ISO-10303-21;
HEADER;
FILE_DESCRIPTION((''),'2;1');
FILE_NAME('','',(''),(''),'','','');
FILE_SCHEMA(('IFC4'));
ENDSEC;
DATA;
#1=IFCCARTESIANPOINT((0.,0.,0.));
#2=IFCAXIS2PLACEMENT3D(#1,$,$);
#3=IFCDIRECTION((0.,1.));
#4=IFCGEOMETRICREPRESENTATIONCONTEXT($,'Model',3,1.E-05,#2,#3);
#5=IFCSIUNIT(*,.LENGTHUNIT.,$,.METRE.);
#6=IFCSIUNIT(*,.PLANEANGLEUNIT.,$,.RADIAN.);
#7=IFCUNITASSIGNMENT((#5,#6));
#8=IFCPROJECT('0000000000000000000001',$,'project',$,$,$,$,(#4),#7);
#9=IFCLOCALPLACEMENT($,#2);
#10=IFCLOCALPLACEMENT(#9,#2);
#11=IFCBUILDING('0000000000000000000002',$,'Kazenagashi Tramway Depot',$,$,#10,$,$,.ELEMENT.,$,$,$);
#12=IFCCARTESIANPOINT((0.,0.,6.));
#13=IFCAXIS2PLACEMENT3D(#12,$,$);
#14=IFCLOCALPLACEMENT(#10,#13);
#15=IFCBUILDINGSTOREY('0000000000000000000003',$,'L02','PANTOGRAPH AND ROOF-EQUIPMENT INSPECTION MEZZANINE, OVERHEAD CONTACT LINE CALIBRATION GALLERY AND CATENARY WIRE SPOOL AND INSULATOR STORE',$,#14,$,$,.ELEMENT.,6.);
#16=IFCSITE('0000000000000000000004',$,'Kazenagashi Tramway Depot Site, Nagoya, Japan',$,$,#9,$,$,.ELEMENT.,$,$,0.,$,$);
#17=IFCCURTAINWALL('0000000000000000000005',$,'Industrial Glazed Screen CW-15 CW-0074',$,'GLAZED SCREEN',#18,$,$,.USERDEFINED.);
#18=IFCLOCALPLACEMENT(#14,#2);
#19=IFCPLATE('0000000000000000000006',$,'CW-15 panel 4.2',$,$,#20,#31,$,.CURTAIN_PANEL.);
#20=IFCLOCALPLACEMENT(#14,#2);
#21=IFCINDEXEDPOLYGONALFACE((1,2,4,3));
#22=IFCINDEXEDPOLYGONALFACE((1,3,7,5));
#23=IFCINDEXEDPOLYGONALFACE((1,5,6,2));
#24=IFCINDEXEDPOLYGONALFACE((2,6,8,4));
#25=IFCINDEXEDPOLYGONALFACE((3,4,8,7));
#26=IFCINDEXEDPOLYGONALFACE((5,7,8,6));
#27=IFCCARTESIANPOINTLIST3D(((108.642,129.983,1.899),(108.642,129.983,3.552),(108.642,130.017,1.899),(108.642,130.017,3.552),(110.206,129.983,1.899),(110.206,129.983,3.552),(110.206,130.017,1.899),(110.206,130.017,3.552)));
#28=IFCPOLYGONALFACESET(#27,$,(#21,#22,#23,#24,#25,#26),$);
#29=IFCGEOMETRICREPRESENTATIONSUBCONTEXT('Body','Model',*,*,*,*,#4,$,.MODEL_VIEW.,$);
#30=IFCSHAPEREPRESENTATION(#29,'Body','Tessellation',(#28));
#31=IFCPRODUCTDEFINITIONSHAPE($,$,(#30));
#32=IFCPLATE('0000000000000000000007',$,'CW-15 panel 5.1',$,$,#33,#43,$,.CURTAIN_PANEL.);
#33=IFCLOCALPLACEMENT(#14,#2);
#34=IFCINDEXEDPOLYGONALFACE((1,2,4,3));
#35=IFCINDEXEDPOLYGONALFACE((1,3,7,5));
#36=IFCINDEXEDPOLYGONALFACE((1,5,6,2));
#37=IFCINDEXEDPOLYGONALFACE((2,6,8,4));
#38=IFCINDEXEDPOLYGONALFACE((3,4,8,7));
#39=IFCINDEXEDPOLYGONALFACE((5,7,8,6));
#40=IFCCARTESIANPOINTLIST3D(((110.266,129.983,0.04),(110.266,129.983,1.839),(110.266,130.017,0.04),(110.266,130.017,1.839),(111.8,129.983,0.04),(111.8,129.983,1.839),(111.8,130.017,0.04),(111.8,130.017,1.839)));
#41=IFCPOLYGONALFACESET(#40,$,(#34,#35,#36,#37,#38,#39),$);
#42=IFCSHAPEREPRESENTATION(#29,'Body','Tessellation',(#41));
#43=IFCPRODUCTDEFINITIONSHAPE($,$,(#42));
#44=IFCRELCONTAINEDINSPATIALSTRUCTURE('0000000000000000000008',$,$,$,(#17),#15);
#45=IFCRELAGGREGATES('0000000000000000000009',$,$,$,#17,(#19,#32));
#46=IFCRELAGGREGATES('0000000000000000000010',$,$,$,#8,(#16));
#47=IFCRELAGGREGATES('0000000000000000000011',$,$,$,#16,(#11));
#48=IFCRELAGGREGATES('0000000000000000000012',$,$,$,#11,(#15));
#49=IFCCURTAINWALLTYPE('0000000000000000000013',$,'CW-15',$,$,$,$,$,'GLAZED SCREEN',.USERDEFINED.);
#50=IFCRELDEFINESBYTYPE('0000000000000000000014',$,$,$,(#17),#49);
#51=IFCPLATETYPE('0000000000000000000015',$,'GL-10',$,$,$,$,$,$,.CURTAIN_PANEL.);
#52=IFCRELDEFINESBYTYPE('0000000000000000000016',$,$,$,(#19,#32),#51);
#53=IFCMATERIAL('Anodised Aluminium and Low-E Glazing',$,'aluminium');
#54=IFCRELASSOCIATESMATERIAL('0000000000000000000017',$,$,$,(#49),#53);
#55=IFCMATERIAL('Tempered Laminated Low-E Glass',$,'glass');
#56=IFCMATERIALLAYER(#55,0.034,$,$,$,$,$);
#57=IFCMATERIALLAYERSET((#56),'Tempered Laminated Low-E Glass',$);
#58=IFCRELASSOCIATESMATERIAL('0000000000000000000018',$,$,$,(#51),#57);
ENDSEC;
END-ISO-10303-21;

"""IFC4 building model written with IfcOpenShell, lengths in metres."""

from ifc_helpers import new_model, si_unit, direction, frame, origin, origin_2d, place, context, subcontext, project, spatial, rectangle, extrude, material, layer, layer_set, type_object, element, aggregate, save


model = new_model("IFC4")

# Units and contexts
model_context = context("Model", 3, precision=1e-05, world=origin(), true_north=direction((0.0, 1.0)))
body_context = subcontext(model_context, "Body", "Model", "MODEL_VIEW")
ifc_project = project(units=[si_unit("LENGTHUNIT", "METRE"), si_unit("PLANEANGLEUNIT", "RADIAN")], contexts=[model_context])

# Site, building, storey
site_placement = place(None, origin())
site = spatial("IfcSite", under=ifc_project, at=site_placement, Name="Kazenagashi Tramway Depot Site, Nagoya, Japan", CompositionType="ELEMENT", RefElevation=0.0)
building_placement = place(site_placement, origin())
building = spatial("IfcBuilding", under=site, at=building_placement, Name="Kazenagashi Tramway Depot", CompositionType="ELEMENT")
storey_placement = place(building_placement, frame((0.0, 0.0, 6.0)))
storey = spatial("IfcBuildingStorey", under=building, at=storey_placement, Name="L02", Description="PANTOGRAPH AND ROOF-EQUIPMENT INSPECTION MEZZANINE, OVERHEAD CONTACT LINE CALIBRATION GALLERY AND CATENARY WIRE SPOOL AND INSULATOR STORE", CompositionType="ELEMENT", Elevation=6.0)

# Shared definitions
ifc_material_1 = material(Name="Anodised Aluminium and Low-E Glazing", Category="aluminium")
curtain_wall_type = type_object("IfcCurtainWallType", Name="CW-15", ElementType="GLAZED SCREEN", PredefinedType="USERDEFINED", material=ifc_material_1)

# Curtain wall
curtain_wall_1_placement = place(storey_placement, origin())
curtain_wall_1 = element("IfcCurtainWall", 1, at=curtain_wall_1_placement, inside=storey, type_object=curtain_wall_type, Name="Industrial Glazed Screen CW-15 CW-0074", ObjectType="GLAZED SCREEN", PredefinedType="USERDEFINED")

# Plates
ifc_material_2 = material(Name="Tempered Laminated Low-E Glass", Category="glass")
ifc_layer_1 = layer(ifc_material_2, 0.034)
ifc_layer_set_1 = layer_set([ifc_layer_1], Name="Tempered Laminated Low-E Glass")
plate_type_1 = type_object("IfcPlateType", Name="GL-10", PredefinedType="CURTAIN_PANEL", material=ifc_layer_set_1)
plate_1_placement = place(storey_placement, frame((109.424, 130.0, 1.899), z_axis=(0.0, 0.0, 1.0), x_axis=(1.0, 0.0, 0.0)))
plate_1 = element("IfcPlate", 2, at=plate_1_placement, type_object=plate_type_1, Name="CW-15 panel 4.2", PredefinedType="CURTAIN_PANEL", context=body_context, shape_type="SweptSolid", body=[
    extrude(rectangle(XDim=1.564, YDim=0.034, at=origin_2d()), origin(), (0.0, 0.0, 1.0), 1.653),
])
plate_2_placement = place(storey_placement, frame((111.033, 130.0, 0.04), z_axis=(0.0, 0.0, 1.0), x_axis=(1.0, 0.0, 0.0)))
plate_2 = element("IfcPlate", 3, at=plate_2_placement, type_object=plate_type_1, Name="CW-15 panel 5.1", PredefinedType="CURTAIN_PANEL", context=body_context, shape_type="SweptSolid", body=[
    extrude(rectangle(XDim=1.534, YDim=0.034, at=origin_2d()), origin(), (0.0, 0.0, 1.0), 1.799),
])
aggregate(curtain_wall_1, [plate_1, plate_2])

save(model, "model.ifc")
